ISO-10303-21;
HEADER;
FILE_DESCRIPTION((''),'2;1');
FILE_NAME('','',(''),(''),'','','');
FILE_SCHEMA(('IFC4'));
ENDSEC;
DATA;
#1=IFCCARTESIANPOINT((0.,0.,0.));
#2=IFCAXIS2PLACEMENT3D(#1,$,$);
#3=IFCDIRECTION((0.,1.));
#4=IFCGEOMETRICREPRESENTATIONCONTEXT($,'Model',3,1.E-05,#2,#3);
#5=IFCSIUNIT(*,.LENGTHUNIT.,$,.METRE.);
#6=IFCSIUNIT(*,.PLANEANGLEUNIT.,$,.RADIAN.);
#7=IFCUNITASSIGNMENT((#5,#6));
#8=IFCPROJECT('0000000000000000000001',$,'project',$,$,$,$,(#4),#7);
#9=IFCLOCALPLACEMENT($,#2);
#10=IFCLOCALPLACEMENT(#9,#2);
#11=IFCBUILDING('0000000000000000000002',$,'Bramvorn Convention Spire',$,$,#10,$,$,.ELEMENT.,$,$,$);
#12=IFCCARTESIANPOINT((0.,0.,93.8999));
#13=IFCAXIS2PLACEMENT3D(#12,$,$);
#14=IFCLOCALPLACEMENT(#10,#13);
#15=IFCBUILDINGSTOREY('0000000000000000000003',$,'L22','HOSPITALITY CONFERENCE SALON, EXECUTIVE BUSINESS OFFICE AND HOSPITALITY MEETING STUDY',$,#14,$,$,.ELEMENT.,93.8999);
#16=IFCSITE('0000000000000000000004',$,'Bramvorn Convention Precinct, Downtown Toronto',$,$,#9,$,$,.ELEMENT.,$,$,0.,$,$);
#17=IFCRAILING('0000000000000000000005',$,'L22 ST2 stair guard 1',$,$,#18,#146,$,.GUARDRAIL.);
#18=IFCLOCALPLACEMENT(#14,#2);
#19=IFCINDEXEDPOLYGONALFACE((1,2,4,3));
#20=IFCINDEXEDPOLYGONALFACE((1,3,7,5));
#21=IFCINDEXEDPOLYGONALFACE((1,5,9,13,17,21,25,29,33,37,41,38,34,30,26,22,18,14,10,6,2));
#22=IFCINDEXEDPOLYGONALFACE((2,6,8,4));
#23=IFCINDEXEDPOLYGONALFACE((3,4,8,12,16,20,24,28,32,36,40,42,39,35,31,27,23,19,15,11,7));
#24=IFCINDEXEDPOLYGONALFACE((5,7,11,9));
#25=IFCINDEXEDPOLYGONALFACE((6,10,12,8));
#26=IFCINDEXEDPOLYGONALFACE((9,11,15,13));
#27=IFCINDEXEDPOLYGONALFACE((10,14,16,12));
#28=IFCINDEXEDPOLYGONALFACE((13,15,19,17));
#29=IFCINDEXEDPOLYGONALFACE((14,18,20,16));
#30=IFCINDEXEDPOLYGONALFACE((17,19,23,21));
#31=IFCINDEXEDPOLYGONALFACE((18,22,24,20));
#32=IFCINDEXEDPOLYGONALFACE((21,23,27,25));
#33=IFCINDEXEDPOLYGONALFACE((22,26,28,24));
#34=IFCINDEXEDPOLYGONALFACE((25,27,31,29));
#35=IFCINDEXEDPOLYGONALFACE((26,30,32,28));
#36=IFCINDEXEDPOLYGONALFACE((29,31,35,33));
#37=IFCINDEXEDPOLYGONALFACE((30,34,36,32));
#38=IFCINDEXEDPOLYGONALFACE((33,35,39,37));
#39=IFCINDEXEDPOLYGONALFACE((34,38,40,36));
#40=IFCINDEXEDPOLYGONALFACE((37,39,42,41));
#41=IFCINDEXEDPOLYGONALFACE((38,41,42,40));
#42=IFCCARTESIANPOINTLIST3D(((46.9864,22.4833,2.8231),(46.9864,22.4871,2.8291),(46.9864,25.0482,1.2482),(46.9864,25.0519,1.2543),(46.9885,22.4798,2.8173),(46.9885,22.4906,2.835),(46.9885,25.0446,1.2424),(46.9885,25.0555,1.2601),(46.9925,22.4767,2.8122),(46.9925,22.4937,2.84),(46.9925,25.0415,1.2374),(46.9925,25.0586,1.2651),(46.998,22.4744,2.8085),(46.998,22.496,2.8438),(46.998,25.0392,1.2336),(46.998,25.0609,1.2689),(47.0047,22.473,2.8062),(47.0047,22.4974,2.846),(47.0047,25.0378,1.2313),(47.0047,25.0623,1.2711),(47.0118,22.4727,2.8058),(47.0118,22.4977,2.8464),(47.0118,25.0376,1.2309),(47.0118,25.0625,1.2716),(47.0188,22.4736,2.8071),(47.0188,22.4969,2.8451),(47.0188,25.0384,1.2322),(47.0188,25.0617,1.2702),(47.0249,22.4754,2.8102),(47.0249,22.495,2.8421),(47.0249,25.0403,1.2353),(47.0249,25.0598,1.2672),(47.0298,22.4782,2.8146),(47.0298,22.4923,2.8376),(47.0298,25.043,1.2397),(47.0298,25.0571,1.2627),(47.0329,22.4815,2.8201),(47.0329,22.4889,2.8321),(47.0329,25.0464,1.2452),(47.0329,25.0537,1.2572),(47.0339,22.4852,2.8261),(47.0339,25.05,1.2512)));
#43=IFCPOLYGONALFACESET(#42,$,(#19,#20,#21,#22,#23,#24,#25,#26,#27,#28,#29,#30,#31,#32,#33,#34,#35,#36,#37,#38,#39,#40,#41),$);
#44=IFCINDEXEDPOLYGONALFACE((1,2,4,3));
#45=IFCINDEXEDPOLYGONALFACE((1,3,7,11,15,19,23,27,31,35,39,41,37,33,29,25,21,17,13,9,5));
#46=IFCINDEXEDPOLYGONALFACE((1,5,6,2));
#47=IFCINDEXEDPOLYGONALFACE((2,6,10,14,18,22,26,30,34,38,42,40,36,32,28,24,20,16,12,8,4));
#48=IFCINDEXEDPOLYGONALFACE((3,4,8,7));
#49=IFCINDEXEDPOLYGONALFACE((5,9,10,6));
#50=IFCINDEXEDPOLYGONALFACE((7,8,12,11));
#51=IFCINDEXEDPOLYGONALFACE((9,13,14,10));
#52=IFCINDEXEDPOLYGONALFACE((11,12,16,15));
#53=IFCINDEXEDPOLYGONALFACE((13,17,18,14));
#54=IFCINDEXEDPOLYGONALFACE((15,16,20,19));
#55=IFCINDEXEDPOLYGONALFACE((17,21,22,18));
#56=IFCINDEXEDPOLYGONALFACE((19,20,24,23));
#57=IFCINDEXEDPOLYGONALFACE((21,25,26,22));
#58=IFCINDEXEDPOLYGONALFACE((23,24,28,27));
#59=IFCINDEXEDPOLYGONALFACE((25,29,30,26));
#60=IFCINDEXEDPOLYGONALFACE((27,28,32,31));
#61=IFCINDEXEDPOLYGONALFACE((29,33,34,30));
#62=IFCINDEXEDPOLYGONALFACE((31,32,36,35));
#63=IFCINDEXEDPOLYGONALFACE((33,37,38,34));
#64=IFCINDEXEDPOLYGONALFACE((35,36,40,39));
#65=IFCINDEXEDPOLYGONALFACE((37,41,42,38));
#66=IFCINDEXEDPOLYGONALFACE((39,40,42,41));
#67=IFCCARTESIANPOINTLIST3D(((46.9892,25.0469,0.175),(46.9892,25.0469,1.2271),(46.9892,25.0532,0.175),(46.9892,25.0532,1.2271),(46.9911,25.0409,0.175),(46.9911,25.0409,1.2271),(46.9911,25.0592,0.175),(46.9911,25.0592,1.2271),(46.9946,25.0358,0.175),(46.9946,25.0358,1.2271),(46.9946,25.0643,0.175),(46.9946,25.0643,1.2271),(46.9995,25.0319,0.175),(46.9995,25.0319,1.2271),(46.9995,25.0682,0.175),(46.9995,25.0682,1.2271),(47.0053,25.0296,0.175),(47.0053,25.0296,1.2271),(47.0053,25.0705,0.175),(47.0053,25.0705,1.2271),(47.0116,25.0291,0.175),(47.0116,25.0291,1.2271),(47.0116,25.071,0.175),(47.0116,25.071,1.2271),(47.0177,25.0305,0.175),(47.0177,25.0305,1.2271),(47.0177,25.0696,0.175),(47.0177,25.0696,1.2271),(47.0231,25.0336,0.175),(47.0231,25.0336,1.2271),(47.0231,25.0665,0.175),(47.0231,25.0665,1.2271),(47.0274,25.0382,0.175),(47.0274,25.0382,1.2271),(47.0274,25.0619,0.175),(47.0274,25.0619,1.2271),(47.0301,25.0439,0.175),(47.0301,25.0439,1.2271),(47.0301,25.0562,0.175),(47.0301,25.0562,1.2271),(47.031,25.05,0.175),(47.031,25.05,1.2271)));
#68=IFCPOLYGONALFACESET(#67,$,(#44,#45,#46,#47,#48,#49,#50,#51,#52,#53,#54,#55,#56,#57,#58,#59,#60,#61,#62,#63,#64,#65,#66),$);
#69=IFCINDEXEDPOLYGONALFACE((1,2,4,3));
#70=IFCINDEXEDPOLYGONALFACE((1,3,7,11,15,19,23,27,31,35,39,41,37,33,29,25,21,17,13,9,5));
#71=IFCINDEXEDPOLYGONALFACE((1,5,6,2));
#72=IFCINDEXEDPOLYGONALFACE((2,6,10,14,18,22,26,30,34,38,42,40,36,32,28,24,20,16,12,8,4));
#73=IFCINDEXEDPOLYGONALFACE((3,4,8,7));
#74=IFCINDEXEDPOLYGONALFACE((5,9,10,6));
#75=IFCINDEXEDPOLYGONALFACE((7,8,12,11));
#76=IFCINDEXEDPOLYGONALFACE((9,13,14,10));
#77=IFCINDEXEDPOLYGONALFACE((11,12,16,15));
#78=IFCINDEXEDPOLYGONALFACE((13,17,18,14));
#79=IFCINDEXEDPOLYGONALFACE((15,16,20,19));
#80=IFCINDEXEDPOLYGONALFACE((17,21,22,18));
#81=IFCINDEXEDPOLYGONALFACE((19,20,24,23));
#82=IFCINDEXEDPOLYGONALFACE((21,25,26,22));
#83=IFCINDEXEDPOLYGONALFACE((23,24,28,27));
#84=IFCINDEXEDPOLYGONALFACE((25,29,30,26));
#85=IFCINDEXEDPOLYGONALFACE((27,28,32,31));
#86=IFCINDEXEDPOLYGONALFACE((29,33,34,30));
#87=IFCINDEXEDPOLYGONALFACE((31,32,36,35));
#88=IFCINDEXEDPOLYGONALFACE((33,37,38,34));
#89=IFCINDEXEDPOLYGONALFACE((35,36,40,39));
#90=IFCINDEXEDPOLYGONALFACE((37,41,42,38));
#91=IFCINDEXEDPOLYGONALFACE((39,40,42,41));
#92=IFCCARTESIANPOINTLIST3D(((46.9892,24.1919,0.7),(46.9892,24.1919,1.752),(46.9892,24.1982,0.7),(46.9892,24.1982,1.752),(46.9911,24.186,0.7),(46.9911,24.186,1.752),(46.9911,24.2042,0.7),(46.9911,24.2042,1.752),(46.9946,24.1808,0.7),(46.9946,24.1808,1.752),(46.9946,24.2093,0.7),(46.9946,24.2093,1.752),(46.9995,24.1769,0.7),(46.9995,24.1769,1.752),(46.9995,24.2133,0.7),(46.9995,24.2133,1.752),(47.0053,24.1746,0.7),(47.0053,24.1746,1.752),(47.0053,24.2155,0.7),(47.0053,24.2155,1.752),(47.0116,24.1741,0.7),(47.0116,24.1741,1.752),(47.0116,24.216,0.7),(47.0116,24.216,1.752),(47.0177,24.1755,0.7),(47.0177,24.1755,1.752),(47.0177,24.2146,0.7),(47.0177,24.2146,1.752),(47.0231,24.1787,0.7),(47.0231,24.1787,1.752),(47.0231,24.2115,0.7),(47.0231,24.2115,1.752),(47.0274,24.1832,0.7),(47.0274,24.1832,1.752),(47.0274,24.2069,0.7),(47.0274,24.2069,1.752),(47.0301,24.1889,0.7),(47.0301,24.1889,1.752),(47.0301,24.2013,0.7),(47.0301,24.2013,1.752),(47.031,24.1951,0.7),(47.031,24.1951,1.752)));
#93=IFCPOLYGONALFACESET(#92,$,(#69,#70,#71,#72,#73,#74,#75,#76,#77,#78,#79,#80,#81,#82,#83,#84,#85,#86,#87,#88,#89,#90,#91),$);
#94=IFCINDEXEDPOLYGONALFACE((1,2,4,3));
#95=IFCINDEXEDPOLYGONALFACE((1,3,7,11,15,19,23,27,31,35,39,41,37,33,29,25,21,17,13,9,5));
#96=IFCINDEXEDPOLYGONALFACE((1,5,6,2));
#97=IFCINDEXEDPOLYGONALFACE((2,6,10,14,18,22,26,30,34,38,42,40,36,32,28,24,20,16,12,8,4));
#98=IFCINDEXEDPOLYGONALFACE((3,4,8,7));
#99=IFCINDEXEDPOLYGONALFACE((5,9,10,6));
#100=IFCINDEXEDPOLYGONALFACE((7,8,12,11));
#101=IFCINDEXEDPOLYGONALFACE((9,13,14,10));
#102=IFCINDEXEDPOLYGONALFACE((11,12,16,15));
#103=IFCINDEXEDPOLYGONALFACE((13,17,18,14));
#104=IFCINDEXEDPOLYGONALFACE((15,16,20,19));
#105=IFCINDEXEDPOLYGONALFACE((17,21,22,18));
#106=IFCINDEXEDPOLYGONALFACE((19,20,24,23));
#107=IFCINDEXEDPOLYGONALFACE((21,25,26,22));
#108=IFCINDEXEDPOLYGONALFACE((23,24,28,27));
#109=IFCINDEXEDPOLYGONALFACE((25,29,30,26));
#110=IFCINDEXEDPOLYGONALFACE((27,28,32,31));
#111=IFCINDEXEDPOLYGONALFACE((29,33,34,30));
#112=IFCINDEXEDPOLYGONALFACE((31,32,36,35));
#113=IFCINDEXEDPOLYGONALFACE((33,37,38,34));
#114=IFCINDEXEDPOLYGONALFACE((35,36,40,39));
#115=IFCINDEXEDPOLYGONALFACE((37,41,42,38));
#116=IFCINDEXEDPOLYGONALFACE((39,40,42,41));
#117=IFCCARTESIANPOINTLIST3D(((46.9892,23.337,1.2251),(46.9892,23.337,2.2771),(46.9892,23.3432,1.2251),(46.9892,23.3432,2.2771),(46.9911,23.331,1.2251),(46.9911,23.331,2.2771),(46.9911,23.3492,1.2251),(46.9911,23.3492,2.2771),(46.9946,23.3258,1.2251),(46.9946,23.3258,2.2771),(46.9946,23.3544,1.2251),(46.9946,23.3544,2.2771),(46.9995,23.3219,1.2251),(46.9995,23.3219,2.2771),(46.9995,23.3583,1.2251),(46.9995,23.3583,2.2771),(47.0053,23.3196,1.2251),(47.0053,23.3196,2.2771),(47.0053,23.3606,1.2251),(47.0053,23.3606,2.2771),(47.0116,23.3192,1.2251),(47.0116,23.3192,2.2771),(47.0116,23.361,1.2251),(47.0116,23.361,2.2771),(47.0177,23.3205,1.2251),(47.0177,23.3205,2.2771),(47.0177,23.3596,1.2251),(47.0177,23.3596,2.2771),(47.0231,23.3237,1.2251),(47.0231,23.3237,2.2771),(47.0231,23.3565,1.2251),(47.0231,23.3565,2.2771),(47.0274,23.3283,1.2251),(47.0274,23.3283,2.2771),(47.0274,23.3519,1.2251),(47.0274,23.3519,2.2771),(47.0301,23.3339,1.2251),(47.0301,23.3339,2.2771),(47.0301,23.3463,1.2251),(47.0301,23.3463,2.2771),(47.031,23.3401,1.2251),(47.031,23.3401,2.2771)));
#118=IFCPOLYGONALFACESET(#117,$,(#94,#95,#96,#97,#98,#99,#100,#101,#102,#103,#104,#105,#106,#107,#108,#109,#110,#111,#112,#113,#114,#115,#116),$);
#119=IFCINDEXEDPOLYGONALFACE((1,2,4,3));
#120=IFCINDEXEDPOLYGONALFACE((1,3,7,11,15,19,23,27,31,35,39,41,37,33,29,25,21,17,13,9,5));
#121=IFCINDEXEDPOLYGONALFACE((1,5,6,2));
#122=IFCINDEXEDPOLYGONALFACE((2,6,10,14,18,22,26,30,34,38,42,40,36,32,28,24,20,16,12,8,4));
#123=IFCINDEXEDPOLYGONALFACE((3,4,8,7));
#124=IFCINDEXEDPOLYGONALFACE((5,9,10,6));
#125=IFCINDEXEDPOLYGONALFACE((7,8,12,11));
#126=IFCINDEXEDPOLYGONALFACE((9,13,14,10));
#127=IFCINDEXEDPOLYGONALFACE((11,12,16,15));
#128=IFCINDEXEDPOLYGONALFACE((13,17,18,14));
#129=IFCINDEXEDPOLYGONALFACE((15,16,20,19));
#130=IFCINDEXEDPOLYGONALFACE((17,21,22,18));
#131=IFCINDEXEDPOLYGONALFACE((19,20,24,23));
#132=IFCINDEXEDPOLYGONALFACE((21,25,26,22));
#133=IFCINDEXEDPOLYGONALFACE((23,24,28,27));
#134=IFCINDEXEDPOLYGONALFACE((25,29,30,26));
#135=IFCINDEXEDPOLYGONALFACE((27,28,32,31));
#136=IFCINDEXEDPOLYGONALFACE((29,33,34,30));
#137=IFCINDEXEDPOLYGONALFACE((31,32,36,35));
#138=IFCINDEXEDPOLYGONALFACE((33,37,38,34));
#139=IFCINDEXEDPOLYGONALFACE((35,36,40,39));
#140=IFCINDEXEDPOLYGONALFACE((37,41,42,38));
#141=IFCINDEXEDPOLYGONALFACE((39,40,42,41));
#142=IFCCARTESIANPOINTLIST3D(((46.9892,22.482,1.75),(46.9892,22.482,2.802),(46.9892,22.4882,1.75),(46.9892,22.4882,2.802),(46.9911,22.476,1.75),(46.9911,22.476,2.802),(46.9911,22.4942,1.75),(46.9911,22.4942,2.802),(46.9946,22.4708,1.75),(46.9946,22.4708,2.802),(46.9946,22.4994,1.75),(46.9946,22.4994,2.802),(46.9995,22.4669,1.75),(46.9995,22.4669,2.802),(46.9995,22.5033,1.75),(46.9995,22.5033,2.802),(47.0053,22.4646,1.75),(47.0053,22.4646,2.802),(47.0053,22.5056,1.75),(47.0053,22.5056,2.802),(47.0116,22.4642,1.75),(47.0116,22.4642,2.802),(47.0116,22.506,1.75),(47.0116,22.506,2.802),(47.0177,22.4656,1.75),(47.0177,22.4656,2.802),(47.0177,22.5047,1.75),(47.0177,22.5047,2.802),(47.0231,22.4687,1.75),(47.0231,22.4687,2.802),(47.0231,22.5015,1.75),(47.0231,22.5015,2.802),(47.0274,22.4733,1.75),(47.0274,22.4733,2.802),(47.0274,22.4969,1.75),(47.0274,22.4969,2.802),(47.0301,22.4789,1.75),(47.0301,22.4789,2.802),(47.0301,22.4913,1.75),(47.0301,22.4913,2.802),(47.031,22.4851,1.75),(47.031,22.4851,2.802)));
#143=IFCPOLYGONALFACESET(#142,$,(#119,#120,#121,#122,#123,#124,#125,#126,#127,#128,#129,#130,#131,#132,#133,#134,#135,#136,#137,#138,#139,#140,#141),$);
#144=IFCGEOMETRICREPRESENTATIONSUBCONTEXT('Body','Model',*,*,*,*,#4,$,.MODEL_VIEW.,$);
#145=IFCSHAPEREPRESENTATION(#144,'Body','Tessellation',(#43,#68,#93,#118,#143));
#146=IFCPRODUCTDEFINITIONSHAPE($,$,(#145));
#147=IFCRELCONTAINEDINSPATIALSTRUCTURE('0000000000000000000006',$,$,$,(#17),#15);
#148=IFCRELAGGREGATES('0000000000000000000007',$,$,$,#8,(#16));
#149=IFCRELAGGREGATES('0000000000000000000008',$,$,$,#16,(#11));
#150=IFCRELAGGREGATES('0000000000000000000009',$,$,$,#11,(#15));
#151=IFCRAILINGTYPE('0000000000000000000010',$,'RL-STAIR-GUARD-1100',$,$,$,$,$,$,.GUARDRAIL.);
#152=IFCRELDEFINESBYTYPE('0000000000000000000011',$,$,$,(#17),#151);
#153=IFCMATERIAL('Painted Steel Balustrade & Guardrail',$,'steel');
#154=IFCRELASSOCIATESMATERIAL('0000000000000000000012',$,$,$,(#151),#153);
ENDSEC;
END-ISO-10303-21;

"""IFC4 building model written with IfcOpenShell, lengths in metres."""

from ifc_helpers import new_model, si_unit, direction, frame, origin, origin_2d, place, context, subcontext, project, spatial, circle, extrude, material, type_object, element, save


model = new_model("IFC4")

# Units and contexts
model_context = context("Model", 3, precision=1e-05, world=origin(), true_north=direction((0.0, 1.0)))
body_context = subcontext(model_context, "Body", "Model", "MODEL_VIEW")
ifc_project = project(units=[si_unit("LENGTHUNIT", "METRE"), si_unit("PLANEANGLEUNIT", "RADIAN")], contexts=[model_context])

# Site, building, storey
site_placement = place(None, origin())
site = spatial("IfcSite", under=ifc_project, at=site_placement, Name="Bramvorn Convention Precinct, Downtown Toronto", CompositionType="ELEMENT", RefElevation=0.0)
building_placement = place(site_placement, origin())
building = spatial("IfcBuilding", under=site, at=building_placement, Name="Bramvorn Convention Spire", CompositionType="ELEMENT")
storey_placement = place(building_placement, frame((0.0, 0.0, 93.8999)))
storey = spatial("IfcBuildingStorey", under=building, at=storey_placement, Name="L22", Description="HOSPITALITY CONFERENCE SALON, EXECUTIVE BUSINESS OFFICE AND HOSPITALITY MEETING STUDY", CompositionType="ELEMENT", Elevation=93.8999)

# Railing
ifc_material_1 = material(Name="Painted Steel Balustrade & Guardrail", Category="steel")
railing_type_1 = type_object("IfcRailingType", Name="RL-STAIR-GUARD-1100", PredefinedType="GUARDRAIL", material=ifc_material_1)
railing_1_placement = place(storey_placement, frame((47.01, 25.05, 0.175)))
element("IfcRailing", 1, at=railing_1_placement, inside=storey, type_object=railing_type_1, Name="L22 ST2 stair guard 1", PredefinedType="GUARDRAIL", context=body_context, shape_type="SweptSolid", body=[
    extrude(circle(Radius=0.0239, at=origin_2d()), frame((0.0, 0.0, 1.0762), z_axis=(0.0, -0.852173, 0.52326), x_axis=(1.0, 0.0, 0.0)), (0.0, 0.0, 1.0), 3.0098),
    extrude(circle(Radius=0.021, at=origin_2d()), origin(), (0.0, 0.0, 1.0), 1.052),
    extrude(circle(Radius=0.021, at=origin_2d()), frame((0.0, -0.855, 0.5249)), (0.0, 0.0, 1.0), 1.052),
    extrude(circle(Radius=0.021, at=origin_2d()), frame((0.0, -1.71, 1.05)), (0.0, 0.0, 1.0), 1.052),
    extrude(circle(Radius=0.021, at=origin_2d()), frame((0.0, -2.5649, 1.575)), (0.0, 0.0, 1.0), 1.052),
])

save(model, "model.ifc")
